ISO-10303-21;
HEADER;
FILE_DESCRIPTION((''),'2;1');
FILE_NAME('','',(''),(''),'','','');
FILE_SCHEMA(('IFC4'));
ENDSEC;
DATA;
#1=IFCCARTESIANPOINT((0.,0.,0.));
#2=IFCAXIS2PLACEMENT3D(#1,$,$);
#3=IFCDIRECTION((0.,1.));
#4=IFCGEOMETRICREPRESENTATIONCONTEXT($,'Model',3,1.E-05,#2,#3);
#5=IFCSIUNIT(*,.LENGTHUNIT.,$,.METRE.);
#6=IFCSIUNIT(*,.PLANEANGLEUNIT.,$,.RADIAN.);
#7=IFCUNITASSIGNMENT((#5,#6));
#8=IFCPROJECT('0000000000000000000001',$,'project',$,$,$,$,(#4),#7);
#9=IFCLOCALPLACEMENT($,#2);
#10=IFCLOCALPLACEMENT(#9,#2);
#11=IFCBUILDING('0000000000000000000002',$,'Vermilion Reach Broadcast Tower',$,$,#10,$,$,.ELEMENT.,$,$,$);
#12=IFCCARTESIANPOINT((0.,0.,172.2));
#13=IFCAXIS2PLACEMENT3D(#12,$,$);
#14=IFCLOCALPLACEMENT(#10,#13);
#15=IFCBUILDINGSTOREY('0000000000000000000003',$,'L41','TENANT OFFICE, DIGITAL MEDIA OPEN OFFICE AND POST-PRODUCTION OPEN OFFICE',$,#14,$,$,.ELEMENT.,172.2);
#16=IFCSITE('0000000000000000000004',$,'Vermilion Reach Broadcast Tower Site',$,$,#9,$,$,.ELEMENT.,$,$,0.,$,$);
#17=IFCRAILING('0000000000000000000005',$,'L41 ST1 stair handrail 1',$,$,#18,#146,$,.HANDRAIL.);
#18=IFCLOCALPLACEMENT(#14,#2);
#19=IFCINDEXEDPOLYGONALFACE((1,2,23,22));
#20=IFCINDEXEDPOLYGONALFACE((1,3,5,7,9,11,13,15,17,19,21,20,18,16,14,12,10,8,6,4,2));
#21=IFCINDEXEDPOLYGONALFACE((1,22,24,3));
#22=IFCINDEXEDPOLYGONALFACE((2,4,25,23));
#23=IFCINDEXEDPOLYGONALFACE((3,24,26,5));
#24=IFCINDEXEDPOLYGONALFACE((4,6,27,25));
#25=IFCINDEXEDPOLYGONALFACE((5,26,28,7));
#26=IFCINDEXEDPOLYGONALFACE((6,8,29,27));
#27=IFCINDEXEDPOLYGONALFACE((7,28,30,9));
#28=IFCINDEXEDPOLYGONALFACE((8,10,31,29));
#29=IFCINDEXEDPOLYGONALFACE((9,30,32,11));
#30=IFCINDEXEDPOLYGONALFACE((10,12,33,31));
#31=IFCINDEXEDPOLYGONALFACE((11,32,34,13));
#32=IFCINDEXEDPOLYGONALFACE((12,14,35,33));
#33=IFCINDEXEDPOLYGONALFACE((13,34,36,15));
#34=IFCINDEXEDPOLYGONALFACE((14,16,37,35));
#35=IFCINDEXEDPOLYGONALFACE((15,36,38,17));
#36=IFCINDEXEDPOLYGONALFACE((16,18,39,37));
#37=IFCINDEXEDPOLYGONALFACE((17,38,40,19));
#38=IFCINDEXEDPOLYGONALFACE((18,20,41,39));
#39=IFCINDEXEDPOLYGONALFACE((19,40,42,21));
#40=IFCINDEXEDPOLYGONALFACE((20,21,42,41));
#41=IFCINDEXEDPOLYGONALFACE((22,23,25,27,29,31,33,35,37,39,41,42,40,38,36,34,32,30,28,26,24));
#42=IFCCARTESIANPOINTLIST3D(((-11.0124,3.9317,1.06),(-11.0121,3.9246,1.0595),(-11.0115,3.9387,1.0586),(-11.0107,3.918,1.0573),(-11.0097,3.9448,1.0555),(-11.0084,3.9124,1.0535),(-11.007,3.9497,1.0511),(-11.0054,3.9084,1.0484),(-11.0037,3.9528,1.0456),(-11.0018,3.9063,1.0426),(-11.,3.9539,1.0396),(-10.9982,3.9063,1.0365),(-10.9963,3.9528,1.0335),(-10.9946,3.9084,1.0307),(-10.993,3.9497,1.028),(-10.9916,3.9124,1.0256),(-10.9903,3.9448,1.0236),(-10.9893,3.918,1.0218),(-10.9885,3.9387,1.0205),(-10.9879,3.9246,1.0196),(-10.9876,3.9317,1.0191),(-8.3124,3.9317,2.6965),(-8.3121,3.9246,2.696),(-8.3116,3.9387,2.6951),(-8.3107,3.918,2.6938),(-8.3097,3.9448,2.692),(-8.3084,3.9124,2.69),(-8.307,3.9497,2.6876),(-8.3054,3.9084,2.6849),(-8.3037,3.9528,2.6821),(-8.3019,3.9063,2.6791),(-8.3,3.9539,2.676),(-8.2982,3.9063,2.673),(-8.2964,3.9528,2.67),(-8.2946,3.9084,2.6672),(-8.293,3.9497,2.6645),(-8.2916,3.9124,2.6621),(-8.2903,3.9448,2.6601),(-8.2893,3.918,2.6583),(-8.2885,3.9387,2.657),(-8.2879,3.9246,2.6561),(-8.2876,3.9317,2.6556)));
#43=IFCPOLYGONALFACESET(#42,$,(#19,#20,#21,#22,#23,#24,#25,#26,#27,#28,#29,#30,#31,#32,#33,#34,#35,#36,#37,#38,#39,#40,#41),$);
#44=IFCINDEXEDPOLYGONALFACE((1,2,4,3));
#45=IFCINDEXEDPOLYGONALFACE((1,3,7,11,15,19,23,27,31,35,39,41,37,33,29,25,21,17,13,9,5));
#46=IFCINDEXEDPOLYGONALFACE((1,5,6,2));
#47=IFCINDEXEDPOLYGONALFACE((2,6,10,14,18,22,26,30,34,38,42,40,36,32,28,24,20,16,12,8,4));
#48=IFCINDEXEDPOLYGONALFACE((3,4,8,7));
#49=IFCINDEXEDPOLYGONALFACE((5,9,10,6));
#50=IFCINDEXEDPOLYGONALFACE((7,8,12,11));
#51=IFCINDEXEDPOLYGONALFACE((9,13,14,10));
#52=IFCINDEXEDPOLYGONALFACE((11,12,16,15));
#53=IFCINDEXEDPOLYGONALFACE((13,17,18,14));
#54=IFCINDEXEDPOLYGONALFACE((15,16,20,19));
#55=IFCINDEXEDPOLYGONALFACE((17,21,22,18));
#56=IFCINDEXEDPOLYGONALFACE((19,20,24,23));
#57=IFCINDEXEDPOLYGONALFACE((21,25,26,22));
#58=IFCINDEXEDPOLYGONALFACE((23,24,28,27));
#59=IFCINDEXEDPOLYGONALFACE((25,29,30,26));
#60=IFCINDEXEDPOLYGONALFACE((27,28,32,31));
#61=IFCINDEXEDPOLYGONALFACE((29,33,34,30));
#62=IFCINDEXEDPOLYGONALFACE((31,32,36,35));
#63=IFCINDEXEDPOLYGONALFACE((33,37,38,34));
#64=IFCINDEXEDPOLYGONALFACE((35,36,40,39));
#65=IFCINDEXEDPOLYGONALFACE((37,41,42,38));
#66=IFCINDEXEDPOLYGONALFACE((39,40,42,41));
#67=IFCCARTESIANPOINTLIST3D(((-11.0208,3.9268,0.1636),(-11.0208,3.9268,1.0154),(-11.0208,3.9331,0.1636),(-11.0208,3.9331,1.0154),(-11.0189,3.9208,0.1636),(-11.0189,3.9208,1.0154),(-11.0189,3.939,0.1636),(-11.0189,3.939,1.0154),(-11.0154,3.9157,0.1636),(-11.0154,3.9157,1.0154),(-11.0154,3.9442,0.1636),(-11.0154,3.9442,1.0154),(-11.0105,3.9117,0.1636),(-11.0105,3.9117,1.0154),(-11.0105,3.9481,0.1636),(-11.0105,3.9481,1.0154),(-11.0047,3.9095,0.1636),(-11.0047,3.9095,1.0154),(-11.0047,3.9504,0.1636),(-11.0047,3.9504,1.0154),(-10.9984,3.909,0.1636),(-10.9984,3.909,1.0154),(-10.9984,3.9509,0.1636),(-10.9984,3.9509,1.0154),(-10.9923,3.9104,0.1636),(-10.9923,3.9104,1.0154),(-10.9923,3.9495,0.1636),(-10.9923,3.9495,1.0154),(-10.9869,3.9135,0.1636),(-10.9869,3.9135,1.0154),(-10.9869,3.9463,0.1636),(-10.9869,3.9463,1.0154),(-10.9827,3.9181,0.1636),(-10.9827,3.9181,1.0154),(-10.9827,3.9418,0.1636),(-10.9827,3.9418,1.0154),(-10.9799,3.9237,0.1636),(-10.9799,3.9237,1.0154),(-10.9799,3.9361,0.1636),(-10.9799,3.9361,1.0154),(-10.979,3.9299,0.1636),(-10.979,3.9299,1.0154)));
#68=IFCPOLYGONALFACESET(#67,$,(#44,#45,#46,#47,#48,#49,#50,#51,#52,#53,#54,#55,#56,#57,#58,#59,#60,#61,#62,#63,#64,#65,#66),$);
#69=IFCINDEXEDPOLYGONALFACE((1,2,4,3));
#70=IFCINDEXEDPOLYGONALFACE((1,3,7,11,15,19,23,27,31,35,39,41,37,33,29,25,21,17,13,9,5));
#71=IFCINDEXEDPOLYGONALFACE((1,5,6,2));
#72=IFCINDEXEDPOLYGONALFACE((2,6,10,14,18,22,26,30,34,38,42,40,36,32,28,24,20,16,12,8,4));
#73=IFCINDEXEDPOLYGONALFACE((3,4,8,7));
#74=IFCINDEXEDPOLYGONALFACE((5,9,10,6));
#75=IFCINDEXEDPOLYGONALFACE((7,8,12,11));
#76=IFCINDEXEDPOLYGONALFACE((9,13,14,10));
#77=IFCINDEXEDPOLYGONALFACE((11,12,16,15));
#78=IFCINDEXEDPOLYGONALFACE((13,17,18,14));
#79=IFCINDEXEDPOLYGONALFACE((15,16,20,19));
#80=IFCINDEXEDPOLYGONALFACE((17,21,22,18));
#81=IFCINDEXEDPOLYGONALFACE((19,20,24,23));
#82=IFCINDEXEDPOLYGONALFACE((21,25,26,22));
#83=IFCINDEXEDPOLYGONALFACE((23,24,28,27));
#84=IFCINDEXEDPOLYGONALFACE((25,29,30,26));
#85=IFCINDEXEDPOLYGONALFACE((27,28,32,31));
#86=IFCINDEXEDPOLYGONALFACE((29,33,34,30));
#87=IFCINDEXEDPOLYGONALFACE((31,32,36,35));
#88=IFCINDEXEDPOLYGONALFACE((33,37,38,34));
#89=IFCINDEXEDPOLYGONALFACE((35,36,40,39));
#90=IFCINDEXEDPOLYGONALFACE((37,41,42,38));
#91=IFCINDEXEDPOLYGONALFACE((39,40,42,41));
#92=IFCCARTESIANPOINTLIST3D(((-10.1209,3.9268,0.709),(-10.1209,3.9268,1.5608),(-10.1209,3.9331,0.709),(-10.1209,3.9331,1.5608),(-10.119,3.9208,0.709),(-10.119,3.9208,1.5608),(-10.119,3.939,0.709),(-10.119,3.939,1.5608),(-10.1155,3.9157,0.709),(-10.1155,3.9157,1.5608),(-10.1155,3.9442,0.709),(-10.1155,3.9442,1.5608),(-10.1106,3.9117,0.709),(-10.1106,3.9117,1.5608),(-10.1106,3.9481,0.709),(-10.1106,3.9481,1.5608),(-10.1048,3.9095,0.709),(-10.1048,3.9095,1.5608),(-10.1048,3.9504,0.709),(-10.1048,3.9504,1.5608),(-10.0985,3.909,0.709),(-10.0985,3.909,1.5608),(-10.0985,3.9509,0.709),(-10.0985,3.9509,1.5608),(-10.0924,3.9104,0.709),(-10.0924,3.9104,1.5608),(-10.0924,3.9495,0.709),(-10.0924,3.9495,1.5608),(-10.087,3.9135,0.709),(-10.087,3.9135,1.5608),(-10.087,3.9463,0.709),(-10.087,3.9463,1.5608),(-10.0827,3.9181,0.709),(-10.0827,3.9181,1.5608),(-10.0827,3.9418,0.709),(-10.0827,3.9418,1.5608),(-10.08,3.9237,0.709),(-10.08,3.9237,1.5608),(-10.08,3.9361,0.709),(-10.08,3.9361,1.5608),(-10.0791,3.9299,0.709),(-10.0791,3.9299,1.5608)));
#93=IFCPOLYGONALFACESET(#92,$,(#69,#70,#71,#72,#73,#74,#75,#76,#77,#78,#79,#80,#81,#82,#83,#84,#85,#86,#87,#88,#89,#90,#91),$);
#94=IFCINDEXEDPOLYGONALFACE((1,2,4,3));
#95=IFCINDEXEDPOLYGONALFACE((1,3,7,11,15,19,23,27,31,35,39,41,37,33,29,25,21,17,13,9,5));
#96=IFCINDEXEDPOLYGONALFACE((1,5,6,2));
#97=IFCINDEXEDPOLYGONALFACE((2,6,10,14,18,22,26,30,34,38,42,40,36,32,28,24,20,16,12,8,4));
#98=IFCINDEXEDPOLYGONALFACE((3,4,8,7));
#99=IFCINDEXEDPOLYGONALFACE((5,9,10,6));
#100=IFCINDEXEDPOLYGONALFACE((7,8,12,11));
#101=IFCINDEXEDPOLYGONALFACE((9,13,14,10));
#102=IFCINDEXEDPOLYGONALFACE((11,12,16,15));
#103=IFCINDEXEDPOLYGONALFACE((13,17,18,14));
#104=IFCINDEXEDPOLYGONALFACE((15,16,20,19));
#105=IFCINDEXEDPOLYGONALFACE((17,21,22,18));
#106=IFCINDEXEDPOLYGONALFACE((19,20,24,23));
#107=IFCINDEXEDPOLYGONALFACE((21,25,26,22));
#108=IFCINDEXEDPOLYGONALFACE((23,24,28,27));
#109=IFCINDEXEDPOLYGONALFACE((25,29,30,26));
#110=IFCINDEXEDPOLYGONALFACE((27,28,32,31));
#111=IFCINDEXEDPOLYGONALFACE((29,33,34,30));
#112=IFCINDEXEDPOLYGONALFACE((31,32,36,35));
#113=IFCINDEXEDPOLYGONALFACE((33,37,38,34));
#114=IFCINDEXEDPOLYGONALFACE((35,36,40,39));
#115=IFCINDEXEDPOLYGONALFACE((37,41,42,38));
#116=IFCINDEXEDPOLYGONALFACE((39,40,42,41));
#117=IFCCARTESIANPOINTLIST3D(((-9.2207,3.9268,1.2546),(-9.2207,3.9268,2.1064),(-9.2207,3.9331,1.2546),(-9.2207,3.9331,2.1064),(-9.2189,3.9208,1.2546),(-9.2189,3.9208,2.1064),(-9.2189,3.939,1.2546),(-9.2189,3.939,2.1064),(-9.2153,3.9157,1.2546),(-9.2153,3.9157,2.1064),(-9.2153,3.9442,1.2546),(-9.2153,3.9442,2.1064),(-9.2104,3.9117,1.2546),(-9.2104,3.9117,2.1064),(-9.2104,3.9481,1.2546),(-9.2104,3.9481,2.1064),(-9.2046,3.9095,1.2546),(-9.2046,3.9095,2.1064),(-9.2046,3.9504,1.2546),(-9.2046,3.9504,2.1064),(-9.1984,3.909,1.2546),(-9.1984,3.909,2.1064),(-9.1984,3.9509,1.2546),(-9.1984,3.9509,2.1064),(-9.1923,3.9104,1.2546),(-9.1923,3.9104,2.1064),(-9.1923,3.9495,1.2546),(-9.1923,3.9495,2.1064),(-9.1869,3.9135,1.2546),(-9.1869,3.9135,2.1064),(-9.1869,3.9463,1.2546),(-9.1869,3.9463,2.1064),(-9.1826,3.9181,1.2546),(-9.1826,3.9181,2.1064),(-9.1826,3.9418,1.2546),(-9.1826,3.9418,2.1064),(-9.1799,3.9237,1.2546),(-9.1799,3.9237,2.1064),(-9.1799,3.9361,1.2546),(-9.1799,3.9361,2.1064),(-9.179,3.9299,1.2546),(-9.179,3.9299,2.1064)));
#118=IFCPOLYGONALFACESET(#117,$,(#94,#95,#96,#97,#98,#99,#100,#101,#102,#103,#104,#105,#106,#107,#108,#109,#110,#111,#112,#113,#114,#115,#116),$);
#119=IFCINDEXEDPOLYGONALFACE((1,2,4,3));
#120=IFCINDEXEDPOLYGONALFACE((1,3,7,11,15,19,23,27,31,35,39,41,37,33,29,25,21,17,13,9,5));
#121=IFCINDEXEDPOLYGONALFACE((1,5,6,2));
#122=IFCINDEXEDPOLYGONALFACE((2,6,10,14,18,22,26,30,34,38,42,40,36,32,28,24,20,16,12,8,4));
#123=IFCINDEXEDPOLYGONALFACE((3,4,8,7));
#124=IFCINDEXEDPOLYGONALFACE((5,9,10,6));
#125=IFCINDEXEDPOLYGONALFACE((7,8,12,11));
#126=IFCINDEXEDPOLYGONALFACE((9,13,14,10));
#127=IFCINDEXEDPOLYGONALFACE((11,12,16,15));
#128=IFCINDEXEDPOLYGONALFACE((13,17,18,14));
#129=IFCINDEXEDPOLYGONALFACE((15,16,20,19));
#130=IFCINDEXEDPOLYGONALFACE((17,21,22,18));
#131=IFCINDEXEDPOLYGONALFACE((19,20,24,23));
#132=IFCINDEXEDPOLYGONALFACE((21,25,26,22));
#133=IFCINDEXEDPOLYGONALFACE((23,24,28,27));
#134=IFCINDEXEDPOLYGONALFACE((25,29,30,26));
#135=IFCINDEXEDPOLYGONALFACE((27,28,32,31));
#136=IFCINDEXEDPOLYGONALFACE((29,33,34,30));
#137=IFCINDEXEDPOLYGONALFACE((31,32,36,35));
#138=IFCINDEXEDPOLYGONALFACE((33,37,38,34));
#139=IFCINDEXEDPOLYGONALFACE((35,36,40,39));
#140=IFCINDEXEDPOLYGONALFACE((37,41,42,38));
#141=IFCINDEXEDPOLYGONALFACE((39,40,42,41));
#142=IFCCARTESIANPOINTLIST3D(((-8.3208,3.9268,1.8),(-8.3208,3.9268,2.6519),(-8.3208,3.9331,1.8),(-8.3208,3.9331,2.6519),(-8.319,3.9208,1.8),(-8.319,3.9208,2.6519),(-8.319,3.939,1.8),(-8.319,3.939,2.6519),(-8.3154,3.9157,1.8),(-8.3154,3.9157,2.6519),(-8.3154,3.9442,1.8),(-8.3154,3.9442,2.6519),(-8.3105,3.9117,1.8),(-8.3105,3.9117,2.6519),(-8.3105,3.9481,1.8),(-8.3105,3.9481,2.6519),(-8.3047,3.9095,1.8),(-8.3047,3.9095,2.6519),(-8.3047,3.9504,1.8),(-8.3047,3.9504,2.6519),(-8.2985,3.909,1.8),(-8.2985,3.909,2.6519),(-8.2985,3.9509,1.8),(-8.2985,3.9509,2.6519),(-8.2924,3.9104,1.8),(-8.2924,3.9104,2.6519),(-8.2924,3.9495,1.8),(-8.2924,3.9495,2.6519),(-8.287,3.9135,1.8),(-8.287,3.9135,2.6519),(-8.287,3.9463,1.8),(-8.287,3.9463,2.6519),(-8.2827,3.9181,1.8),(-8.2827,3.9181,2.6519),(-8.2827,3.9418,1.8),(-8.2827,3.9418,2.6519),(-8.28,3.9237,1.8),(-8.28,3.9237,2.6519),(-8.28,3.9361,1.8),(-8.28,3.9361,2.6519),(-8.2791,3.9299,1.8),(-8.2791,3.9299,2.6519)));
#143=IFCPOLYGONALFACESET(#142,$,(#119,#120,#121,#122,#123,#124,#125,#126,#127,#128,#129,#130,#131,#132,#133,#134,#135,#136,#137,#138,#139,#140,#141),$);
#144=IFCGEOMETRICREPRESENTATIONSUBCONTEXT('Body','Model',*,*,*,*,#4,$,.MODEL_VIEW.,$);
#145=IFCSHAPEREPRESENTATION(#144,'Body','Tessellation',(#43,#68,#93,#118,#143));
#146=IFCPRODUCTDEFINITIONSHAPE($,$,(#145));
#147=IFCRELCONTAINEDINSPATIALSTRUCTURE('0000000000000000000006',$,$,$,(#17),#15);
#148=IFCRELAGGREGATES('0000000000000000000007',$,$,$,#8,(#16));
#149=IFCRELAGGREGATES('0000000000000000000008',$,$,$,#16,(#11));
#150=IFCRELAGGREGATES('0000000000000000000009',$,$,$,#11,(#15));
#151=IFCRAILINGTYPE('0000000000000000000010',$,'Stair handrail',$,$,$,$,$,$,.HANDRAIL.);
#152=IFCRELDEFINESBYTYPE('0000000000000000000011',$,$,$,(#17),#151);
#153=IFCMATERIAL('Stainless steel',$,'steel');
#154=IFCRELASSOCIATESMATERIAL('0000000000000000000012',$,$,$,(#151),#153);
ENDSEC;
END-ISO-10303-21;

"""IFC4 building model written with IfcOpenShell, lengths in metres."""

from ifc_helpers import new_model, si_unit, direction, frame, origin, origin_2d, place, context, subcontext, project, spatial, circle, extrude, material, type_object, element, save


model = new_model("IFC4")

# Units and contexts
model_context = context("Model", 3, precision=1e-05, world=origin(), true_north=direction((0.0, 1.0)))
body_context = subcontext(model_context, "Body", "Model", "MODEL_VIEW")
ifc_project = project(units=[si_unit("LENGTHUNIT", "METRE"), si_unit("PLANEANGLEUNIT", "RADIAN")], contexts=[model_context])

# Site, building, storey
site_placement = place(None, origin())
site = spatial("IfcSite", under=ifc_project, at=site_placement, Name="Vermilion Reach Broadcast Tower Site", CompositionType="ELEMENT", RefElevation=0.0)
building_placement = place(site_placement, origin())
building = spatial("IfcBuilding", under=site, at=building_placement, Name="Vermilion Reach Broadcast Tower", CompositionType="ELEMENT")
storey_placement = place(building_placement, frame((0.0, 0.0, 172.2)))
storey = spatial("IfcBuildingStorey", under=building, at=storey_placement, Name="L41", Description="TENANT OFFICE, DIGITAL MEDIA OPEN OFFICE AND POST-PRODUCTION OPEN OFFICE", CompositionType="ELEMENT", Elevation=172.2)

# Railing
ifc_material_1 = material(Name="Stainless steel", Category="steel")
railing_type_1 = type_object("IfcRailingType", Name="Stair handrail", PredefinedType="HANDRAIL", material=ifc_material_1)
railing_1_placement = place(storey_placement, frame((-11.0, 3.9299, 0.1636)))
element("IfcRailing", 1, at=railing_1_placement, inside=storey, type_object=railing_type_1, Name="L41 ST1 stair handrail 1", PredefinedType="HANDRAIL", context=body_context, shape_type="SweptSolid", body=[
    extrude(circle(Radius=0.0239, at=origin_2d()), frame((0.0, 0.0, 0.876), z_axis=(0.855178, 0.0, 0.518334), x_axis=(0.0, 1.0, 0.0)), (0.0, 0.0, 1.0), 3.1572),
    extrude(circle(Radius=0.021, at=origin_2d()), origin(), (0.0, 0.0, 1.0), 0.8518),
    extrude(circle(Radius=0.021, at=origin_2d()), frame((0.8999, 0.0, 0.5454)), (0.0, 0.0, 1.0), 0.8518),
    extrude(circle(Radius=0.021, at=origin_2d()), frame((1.8, 0.0, 1.0911)), (0.0, 0.0, 1.0), 0.8518),
    extrude(circle(Radius=0.021, at=origin_2d()), frame((2.7, 0.0, 1.6365)), (0.0, 0.0, 1.0), 0.8518),
])

save(model, "model.ifc")
